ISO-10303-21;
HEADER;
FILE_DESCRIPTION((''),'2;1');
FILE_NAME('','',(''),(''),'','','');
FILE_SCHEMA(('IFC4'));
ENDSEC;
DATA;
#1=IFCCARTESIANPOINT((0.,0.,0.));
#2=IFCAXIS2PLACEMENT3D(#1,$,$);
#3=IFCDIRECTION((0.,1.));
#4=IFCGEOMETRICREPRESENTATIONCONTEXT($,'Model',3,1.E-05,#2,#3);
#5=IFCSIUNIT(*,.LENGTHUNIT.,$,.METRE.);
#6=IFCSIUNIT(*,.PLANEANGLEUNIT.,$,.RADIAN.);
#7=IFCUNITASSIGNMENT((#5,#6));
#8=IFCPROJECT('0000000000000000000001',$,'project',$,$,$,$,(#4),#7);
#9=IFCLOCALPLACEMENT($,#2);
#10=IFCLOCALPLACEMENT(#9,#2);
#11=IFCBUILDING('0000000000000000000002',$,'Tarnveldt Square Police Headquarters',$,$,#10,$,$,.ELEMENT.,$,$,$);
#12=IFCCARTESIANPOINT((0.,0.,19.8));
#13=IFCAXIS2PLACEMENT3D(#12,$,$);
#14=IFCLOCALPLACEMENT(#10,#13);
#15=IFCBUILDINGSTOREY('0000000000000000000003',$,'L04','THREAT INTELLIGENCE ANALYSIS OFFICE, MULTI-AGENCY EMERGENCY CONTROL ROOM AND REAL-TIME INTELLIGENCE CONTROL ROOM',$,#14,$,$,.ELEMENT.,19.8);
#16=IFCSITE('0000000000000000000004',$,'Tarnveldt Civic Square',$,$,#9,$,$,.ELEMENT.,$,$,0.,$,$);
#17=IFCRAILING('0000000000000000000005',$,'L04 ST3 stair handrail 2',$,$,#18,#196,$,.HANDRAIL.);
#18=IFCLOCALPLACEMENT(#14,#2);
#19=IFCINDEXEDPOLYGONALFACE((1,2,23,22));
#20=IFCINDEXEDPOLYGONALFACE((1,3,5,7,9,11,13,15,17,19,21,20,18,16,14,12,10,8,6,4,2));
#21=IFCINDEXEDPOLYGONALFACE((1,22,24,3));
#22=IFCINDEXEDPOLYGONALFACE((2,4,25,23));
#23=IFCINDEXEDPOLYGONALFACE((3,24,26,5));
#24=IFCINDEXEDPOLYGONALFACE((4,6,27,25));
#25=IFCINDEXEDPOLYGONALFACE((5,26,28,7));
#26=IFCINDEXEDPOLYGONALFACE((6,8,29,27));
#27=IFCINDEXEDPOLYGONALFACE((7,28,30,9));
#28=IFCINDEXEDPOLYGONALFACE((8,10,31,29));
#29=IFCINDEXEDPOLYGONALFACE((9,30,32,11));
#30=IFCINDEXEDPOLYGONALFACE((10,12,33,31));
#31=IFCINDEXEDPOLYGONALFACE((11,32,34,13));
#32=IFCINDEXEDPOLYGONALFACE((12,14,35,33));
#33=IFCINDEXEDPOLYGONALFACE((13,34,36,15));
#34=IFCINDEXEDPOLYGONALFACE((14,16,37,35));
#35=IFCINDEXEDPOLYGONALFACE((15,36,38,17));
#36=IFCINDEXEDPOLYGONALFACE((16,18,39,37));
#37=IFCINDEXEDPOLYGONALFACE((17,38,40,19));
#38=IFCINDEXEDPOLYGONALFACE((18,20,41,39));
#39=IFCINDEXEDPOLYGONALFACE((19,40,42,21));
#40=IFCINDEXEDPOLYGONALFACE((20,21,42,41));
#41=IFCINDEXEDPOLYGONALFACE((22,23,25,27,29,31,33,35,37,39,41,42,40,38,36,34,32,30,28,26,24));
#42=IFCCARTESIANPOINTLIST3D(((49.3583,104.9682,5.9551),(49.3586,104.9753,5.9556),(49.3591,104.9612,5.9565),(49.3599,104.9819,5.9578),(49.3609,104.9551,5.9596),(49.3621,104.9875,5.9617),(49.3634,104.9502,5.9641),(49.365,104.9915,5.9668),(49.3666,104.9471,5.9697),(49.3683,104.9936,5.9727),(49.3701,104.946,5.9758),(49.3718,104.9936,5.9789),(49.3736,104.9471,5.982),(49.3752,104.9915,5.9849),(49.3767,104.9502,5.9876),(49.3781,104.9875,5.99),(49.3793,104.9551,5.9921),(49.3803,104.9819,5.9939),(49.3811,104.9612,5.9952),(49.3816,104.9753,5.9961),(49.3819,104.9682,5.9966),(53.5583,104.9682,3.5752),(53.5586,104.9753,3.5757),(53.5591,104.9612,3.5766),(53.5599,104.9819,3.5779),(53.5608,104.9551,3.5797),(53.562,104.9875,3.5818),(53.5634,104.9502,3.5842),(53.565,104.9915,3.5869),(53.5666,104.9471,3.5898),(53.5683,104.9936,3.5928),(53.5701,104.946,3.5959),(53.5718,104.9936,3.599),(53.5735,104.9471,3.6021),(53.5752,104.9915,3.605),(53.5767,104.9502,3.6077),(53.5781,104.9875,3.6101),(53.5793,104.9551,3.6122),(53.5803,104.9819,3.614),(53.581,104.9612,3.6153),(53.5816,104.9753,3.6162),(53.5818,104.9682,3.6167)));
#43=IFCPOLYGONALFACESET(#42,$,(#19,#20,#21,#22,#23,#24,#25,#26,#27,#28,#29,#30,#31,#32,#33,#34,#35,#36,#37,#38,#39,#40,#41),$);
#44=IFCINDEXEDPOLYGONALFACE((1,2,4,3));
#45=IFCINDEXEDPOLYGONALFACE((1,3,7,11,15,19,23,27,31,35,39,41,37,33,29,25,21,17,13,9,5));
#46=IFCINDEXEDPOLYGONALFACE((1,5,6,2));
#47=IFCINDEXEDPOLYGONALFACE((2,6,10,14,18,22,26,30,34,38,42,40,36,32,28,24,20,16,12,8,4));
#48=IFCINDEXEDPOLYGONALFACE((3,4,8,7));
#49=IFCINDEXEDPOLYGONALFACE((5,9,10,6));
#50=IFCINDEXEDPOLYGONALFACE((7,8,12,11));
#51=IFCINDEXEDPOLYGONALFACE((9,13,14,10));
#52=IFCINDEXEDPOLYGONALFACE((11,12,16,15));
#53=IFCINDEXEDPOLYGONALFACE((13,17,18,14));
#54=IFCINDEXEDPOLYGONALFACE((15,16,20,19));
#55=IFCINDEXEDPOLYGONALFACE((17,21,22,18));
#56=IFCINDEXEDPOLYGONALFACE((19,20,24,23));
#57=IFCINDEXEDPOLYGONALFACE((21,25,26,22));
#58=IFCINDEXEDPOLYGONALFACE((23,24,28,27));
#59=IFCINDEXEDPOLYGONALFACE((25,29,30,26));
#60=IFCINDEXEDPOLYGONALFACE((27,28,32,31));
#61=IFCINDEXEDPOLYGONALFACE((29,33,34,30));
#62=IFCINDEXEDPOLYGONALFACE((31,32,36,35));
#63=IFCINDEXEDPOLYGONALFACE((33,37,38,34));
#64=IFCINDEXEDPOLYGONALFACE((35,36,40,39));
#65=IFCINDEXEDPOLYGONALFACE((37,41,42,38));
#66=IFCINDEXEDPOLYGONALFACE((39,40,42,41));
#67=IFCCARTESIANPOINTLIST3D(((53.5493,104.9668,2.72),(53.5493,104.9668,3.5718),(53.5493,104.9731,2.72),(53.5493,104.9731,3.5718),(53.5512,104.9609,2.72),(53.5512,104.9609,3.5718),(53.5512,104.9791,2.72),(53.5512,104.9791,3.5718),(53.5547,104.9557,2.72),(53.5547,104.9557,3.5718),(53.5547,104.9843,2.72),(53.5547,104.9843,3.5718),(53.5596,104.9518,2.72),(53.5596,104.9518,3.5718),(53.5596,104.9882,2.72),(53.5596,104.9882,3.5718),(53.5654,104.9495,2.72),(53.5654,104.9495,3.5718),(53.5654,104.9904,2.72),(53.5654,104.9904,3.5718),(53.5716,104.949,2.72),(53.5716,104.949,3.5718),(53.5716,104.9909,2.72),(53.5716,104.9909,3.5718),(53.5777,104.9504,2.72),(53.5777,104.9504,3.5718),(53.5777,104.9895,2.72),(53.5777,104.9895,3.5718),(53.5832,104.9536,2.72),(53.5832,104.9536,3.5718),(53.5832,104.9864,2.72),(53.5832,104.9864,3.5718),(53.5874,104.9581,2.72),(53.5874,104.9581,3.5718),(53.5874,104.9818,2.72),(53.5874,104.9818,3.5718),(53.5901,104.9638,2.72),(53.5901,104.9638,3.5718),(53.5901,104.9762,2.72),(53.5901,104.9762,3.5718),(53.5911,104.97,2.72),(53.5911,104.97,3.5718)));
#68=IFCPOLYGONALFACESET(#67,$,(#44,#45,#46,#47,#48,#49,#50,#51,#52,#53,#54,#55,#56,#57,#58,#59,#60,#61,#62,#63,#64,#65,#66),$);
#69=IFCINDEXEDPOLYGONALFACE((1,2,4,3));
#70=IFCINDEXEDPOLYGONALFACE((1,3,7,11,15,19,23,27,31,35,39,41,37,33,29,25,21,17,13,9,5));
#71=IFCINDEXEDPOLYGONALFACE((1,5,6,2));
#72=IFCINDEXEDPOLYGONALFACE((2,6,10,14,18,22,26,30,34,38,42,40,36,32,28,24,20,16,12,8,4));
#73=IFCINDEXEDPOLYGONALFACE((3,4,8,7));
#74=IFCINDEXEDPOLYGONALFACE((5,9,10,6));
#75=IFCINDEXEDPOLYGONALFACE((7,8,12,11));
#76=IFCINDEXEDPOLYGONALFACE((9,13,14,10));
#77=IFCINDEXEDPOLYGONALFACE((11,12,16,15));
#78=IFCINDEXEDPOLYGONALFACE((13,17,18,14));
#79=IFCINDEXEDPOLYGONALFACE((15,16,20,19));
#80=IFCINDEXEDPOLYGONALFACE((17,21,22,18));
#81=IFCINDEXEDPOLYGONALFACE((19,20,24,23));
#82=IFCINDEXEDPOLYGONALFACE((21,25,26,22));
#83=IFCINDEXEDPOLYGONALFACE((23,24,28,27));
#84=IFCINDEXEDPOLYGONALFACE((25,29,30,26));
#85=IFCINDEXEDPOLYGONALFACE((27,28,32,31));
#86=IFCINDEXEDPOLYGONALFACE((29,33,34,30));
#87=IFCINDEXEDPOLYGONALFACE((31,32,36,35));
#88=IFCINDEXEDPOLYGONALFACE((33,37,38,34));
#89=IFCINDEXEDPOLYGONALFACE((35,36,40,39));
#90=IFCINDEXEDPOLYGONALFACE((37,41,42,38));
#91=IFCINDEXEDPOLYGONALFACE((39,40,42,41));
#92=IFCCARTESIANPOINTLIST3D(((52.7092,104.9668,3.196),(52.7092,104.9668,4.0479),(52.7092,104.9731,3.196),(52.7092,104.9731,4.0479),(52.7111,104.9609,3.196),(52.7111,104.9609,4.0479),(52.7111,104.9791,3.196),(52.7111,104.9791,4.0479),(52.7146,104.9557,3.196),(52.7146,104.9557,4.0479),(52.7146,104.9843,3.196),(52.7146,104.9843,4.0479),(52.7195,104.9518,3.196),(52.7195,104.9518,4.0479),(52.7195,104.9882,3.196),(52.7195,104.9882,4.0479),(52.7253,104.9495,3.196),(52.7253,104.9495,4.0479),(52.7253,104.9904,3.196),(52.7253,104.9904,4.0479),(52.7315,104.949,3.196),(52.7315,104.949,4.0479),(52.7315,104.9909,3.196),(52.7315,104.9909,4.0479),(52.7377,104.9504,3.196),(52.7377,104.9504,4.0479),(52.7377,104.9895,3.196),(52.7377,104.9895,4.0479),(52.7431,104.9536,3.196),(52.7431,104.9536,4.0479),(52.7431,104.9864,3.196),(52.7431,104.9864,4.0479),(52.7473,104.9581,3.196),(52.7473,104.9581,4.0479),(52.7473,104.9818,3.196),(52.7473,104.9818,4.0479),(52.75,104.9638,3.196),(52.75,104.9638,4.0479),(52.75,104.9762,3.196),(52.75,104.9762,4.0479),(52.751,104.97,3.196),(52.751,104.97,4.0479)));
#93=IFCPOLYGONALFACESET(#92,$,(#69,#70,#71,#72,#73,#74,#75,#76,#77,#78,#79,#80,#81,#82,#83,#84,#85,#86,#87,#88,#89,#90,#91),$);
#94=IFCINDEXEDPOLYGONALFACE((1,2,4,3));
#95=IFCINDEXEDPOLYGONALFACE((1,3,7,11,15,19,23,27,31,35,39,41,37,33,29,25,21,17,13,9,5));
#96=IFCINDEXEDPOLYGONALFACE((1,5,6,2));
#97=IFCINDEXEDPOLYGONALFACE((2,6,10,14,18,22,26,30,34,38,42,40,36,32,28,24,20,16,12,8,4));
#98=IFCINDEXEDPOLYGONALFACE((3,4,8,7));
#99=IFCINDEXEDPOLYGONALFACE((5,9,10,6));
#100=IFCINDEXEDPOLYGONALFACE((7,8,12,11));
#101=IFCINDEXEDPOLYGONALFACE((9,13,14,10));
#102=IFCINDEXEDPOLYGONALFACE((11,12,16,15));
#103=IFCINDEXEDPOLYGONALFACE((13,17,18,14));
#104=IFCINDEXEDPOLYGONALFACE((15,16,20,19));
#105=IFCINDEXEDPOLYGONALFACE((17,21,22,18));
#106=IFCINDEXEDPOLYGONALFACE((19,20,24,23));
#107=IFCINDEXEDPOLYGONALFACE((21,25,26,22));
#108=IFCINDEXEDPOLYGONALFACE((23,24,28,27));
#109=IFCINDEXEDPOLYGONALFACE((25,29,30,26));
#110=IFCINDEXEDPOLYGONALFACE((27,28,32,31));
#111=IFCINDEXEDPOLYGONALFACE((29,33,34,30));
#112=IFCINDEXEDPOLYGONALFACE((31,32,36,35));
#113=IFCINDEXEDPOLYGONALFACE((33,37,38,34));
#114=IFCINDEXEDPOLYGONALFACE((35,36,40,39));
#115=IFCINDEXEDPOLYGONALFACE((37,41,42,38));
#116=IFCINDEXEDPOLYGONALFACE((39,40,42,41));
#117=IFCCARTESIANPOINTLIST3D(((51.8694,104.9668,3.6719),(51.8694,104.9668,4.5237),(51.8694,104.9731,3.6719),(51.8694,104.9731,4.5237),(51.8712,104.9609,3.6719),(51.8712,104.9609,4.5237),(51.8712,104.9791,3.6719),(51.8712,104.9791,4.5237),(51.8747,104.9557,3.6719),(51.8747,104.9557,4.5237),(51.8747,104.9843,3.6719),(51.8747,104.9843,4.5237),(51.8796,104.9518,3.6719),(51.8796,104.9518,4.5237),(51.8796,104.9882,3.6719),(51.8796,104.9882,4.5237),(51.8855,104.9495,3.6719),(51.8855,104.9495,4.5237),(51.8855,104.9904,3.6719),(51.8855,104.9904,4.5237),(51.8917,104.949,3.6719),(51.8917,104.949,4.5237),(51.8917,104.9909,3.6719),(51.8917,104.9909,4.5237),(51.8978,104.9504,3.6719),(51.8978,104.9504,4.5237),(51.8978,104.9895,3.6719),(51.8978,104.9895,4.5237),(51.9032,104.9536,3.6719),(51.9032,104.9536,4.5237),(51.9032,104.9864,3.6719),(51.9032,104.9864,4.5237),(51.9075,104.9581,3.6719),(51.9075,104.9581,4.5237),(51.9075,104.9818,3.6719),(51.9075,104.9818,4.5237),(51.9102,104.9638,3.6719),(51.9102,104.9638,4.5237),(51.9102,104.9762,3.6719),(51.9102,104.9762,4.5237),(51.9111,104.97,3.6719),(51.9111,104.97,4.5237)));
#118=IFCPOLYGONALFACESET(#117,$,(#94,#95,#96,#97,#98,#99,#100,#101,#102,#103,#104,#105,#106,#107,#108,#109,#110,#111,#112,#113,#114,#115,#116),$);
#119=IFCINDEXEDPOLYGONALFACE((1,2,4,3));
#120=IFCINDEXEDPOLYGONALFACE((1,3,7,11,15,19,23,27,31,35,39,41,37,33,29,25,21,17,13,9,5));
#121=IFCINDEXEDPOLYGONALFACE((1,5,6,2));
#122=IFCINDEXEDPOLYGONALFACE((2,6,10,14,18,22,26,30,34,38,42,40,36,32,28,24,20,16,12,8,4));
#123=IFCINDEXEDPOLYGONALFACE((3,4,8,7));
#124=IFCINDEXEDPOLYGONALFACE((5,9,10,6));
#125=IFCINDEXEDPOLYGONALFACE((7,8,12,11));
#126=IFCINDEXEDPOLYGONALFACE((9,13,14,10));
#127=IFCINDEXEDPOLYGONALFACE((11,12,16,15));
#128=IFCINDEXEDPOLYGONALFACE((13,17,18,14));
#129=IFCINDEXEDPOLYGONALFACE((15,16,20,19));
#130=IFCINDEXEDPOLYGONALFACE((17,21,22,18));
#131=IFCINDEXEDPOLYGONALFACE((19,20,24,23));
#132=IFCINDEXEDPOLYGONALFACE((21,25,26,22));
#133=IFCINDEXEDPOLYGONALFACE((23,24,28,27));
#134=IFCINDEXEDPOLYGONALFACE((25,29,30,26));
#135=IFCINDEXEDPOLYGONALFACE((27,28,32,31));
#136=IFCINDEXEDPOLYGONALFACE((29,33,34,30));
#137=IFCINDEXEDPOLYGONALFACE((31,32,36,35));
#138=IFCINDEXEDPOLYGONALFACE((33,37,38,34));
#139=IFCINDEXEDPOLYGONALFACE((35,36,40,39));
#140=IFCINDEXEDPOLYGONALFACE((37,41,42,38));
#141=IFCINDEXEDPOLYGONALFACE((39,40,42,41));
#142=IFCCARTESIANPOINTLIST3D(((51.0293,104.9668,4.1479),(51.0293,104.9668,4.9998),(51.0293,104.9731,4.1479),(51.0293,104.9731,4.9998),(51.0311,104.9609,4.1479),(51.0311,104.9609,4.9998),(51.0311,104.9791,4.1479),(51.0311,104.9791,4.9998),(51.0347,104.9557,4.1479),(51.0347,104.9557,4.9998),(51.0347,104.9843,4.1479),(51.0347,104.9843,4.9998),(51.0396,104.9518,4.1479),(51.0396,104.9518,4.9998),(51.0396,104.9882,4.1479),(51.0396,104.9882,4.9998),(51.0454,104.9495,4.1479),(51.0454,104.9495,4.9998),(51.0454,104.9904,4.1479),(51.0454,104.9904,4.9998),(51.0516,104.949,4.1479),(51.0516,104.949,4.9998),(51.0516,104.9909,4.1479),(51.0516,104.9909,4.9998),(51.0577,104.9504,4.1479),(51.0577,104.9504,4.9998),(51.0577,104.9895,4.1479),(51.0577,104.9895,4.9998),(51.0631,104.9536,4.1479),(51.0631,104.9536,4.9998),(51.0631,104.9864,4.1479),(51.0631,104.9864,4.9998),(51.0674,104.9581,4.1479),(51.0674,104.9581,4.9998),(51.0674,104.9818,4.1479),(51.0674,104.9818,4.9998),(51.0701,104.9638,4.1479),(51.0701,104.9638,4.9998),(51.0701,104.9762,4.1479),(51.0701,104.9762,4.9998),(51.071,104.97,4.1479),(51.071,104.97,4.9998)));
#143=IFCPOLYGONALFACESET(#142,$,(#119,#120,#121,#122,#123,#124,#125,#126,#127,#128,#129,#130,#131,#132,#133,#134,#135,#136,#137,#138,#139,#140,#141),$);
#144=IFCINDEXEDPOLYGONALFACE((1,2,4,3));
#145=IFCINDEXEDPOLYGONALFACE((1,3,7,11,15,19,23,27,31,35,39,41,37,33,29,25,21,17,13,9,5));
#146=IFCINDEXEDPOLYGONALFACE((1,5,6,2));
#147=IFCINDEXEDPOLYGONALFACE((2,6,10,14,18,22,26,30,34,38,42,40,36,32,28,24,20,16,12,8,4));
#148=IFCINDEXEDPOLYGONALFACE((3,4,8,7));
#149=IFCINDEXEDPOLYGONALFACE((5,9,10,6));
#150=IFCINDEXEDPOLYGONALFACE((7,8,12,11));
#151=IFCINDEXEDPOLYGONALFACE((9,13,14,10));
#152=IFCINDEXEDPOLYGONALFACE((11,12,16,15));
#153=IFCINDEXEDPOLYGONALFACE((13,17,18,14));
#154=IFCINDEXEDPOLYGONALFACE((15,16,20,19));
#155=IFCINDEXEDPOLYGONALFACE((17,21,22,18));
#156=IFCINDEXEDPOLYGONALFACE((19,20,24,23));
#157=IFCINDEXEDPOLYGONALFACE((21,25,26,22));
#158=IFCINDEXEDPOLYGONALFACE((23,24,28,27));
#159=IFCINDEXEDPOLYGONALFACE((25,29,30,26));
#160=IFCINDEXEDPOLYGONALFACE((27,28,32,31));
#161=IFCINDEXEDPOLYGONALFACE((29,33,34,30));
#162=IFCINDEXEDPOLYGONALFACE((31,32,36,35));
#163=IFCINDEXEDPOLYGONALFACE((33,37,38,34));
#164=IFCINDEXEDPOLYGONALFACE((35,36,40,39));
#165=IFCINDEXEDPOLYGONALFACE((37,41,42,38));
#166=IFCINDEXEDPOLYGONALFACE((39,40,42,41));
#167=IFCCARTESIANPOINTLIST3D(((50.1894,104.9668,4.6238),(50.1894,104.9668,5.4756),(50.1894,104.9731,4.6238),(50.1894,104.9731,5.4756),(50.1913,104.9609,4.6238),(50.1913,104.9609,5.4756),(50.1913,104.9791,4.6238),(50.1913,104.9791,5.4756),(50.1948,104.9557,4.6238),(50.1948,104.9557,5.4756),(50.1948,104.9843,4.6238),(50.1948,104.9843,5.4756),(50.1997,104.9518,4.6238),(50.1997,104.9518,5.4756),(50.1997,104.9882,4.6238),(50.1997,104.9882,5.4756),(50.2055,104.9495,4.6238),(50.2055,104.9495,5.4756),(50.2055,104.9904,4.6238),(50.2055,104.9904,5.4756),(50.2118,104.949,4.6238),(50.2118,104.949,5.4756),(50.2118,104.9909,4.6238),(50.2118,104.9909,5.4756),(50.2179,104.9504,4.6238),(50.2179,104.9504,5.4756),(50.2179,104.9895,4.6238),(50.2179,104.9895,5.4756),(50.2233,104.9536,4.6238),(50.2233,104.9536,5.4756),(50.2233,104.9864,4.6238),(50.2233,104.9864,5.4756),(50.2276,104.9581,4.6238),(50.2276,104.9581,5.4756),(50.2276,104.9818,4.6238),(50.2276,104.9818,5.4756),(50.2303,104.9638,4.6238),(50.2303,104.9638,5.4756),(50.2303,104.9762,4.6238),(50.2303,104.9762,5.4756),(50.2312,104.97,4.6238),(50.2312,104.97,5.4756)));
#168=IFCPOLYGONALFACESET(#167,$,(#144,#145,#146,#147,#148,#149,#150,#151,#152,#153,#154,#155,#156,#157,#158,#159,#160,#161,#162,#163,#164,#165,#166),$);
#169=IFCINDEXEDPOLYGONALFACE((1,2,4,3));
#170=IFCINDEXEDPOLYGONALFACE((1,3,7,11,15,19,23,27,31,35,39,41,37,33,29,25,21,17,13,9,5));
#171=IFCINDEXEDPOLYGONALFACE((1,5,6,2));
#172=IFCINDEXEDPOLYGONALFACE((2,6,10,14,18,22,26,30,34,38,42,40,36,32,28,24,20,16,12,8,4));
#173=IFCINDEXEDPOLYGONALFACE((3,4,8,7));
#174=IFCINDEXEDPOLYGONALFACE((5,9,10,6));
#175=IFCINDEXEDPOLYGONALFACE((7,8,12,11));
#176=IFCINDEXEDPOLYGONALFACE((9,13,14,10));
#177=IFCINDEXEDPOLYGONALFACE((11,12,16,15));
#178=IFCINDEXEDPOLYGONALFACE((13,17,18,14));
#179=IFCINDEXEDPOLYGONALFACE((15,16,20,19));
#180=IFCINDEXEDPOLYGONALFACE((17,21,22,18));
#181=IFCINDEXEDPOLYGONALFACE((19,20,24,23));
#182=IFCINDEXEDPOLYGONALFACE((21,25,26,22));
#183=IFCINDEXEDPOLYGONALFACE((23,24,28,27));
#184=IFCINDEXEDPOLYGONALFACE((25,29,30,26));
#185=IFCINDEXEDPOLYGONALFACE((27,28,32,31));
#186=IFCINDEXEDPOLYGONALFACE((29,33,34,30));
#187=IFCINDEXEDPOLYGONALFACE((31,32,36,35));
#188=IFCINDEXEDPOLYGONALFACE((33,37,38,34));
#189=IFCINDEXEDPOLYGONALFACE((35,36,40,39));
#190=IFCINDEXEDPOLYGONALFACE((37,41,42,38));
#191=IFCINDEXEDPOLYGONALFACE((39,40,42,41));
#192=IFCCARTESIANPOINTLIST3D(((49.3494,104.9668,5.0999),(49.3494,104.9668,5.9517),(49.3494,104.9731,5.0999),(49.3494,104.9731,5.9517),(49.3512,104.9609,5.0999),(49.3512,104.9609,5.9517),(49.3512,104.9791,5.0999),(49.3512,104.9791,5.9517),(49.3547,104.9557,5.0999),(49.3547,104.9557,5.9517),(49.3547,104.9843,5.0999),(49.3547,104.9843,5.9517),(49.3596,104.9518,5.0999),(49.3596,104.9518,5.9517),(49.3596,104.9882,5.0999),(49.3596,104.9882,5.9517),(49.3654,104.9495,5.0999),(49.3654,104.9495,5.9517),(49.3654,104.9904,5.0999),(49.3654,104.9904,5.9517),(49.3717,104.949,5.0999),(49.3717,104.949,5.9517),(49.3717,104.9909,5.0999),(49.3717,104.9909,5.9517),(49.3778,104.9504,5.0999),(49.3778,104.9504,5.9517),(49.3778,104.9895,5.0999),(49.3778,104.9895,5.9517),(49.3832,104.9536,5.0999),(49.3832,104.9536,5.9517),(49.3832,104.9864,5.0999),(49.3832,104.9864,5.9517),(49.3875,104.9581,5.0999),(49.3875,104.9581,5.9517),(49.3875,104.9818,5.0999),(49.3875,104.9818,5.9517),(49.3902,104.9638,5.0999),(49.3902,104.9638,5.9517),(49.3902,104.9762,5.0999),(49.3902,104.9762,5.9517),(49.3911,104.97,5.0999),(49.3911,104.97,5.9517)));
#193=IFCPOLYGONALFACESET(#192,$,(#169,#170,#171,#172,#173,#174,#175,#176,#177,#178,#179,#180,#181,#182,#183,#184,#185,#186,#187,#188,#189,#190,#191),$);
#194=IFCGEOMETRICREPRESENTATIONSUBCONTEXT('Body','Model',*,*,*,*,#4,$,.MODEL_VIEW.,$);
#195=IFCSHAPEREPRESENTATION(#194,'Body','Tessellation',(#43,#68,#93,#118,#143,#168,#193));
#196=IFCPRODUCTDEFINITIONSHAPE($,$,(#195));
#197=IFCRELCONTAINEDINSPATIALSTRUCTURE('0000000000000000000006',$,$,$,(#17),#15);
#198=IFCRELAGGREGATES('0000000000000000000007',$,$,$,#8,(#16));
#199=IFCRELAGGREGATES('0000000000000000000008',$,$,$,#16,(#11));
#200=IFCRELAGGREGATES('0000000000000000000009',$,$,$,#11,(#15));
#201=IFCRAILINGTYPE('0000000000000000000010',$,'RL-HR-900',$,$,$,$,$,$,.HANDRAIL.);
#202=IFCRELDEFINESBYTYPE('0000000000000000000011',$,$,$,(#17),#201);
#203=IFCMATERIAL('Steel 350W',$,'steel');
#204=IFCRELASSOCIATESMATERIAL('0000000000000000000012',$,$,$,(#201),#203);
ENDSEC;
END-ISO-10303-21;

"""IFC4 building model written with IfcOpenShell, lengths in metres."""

from ifc_helpers import new_model, si_unit, direction, frame, origin, origin_2d, place, context, subcontext, project, spatial, circle, extrude, material, type_object, element, save


model = new_model("IFC4")

# Units and contexts
model_context = context("Model", 3, precision=1e-05, world=origin(), true_north=direction((0.0, 1.0)))
body_context = subcontext(model_context, "Body", "Model", "MODEL_VIEW")
ifc_project = project(units=[si_unit("LENGTHUNIT", "METRE"), si_unit("PLANEANGLEUNIT", "RADIAN")], contexts=[model_context])

# Site, building, storey
site_placement = place(None, origin())
site = spatial("IfcSite", under=ifc_project, at=site_placement, Name="Tarnveldt Civic Square", CompositionType="ELEMENT", RefElevation=0.0)
building_placement = place(site_placement, origin())
building = spatial("IfcBuilding", under=site, at=building_placement, Name="Tarnveldt Square Police Headquarters", CompositionType="ELEMENT")
storey_placement = place(building_placement, frame((0.0, 0.0, 19.8)))
storey = spatial("IfcBuildingStorey", under=building, at=storey_placement, Name="L04", Description="THREAT INTELLIGENCE ANALYSIS OFFICE, MULTI-AGENCY EMERGENCY CONTROL ROOM AND REAL-TIME INTELLIGENCE CONTROL ROOM", CompositionType="ELEMENT", Elevation=19.8)

# Shared definitions
ifc_material_1 = material(Name="Steel 350W", Category="steel")

# Railing
railing_type_1 = type_object("IfcRailingType", Name="RL-HR-900", PredefinedType="HANDRAIL", material=ifc_material_1)
railing_1_placement = place(storey_placement, frame((53.5701, 104.97, 2.72)))
element("IfcRailing", 1, at=railing_1_placement, inside=storey, type_object=railing_type_1, Name="L04 ST3 stair handrail 2", PredefinedType="HANDRAIL", context=body_context, shape_type="SweptSolid", body=[
    extrude(circle(Radius=0.0239, at=origin_2d()), frame((0.0, 0.0, 0.876), z_axis=(-0.87003, 0.0, 0.492999), x_axis=(0.0, -1.0, 0.0)), (0.0, 0.0, 1.0), 4.8274),
    extrude(circle(Radius=0.021, at=origin_2d()), origin(), (0.0, 0.0, 1.0), 0.8518),
    extrude(circle(Radius=0.021, at=origin_2d()), frame((-0.8401, 0.0, 0.4761)), (0.0, 0.0, 1.0), 0.8518),
    extrude(circle(Radius=0.021, at=origin_2d()), frame((-1.6799, 0.0, 0.9519)), (0.0, 0.0, 1.0), 0.8518),
    extrude(circle(Radius=0.021, at=origin_2d()), frame((-2.52, 0.0, 1.428)), (0.0, 0.0, 1.0), 0.8518),
    extrude(circle(Radius=0.021, at=origin_2d()), frame((-3.3599, 0.0, 1.9038)), (0.0, 0.0, 1.0), 0.8518),
    extrude(circle(Radius=0.021, at=origin_2d()), frame((-4.2, 0.0, 2.3799)), (0.0, 0.0, 1.0), 0.8518),
])

save(model, "model.ifc")
